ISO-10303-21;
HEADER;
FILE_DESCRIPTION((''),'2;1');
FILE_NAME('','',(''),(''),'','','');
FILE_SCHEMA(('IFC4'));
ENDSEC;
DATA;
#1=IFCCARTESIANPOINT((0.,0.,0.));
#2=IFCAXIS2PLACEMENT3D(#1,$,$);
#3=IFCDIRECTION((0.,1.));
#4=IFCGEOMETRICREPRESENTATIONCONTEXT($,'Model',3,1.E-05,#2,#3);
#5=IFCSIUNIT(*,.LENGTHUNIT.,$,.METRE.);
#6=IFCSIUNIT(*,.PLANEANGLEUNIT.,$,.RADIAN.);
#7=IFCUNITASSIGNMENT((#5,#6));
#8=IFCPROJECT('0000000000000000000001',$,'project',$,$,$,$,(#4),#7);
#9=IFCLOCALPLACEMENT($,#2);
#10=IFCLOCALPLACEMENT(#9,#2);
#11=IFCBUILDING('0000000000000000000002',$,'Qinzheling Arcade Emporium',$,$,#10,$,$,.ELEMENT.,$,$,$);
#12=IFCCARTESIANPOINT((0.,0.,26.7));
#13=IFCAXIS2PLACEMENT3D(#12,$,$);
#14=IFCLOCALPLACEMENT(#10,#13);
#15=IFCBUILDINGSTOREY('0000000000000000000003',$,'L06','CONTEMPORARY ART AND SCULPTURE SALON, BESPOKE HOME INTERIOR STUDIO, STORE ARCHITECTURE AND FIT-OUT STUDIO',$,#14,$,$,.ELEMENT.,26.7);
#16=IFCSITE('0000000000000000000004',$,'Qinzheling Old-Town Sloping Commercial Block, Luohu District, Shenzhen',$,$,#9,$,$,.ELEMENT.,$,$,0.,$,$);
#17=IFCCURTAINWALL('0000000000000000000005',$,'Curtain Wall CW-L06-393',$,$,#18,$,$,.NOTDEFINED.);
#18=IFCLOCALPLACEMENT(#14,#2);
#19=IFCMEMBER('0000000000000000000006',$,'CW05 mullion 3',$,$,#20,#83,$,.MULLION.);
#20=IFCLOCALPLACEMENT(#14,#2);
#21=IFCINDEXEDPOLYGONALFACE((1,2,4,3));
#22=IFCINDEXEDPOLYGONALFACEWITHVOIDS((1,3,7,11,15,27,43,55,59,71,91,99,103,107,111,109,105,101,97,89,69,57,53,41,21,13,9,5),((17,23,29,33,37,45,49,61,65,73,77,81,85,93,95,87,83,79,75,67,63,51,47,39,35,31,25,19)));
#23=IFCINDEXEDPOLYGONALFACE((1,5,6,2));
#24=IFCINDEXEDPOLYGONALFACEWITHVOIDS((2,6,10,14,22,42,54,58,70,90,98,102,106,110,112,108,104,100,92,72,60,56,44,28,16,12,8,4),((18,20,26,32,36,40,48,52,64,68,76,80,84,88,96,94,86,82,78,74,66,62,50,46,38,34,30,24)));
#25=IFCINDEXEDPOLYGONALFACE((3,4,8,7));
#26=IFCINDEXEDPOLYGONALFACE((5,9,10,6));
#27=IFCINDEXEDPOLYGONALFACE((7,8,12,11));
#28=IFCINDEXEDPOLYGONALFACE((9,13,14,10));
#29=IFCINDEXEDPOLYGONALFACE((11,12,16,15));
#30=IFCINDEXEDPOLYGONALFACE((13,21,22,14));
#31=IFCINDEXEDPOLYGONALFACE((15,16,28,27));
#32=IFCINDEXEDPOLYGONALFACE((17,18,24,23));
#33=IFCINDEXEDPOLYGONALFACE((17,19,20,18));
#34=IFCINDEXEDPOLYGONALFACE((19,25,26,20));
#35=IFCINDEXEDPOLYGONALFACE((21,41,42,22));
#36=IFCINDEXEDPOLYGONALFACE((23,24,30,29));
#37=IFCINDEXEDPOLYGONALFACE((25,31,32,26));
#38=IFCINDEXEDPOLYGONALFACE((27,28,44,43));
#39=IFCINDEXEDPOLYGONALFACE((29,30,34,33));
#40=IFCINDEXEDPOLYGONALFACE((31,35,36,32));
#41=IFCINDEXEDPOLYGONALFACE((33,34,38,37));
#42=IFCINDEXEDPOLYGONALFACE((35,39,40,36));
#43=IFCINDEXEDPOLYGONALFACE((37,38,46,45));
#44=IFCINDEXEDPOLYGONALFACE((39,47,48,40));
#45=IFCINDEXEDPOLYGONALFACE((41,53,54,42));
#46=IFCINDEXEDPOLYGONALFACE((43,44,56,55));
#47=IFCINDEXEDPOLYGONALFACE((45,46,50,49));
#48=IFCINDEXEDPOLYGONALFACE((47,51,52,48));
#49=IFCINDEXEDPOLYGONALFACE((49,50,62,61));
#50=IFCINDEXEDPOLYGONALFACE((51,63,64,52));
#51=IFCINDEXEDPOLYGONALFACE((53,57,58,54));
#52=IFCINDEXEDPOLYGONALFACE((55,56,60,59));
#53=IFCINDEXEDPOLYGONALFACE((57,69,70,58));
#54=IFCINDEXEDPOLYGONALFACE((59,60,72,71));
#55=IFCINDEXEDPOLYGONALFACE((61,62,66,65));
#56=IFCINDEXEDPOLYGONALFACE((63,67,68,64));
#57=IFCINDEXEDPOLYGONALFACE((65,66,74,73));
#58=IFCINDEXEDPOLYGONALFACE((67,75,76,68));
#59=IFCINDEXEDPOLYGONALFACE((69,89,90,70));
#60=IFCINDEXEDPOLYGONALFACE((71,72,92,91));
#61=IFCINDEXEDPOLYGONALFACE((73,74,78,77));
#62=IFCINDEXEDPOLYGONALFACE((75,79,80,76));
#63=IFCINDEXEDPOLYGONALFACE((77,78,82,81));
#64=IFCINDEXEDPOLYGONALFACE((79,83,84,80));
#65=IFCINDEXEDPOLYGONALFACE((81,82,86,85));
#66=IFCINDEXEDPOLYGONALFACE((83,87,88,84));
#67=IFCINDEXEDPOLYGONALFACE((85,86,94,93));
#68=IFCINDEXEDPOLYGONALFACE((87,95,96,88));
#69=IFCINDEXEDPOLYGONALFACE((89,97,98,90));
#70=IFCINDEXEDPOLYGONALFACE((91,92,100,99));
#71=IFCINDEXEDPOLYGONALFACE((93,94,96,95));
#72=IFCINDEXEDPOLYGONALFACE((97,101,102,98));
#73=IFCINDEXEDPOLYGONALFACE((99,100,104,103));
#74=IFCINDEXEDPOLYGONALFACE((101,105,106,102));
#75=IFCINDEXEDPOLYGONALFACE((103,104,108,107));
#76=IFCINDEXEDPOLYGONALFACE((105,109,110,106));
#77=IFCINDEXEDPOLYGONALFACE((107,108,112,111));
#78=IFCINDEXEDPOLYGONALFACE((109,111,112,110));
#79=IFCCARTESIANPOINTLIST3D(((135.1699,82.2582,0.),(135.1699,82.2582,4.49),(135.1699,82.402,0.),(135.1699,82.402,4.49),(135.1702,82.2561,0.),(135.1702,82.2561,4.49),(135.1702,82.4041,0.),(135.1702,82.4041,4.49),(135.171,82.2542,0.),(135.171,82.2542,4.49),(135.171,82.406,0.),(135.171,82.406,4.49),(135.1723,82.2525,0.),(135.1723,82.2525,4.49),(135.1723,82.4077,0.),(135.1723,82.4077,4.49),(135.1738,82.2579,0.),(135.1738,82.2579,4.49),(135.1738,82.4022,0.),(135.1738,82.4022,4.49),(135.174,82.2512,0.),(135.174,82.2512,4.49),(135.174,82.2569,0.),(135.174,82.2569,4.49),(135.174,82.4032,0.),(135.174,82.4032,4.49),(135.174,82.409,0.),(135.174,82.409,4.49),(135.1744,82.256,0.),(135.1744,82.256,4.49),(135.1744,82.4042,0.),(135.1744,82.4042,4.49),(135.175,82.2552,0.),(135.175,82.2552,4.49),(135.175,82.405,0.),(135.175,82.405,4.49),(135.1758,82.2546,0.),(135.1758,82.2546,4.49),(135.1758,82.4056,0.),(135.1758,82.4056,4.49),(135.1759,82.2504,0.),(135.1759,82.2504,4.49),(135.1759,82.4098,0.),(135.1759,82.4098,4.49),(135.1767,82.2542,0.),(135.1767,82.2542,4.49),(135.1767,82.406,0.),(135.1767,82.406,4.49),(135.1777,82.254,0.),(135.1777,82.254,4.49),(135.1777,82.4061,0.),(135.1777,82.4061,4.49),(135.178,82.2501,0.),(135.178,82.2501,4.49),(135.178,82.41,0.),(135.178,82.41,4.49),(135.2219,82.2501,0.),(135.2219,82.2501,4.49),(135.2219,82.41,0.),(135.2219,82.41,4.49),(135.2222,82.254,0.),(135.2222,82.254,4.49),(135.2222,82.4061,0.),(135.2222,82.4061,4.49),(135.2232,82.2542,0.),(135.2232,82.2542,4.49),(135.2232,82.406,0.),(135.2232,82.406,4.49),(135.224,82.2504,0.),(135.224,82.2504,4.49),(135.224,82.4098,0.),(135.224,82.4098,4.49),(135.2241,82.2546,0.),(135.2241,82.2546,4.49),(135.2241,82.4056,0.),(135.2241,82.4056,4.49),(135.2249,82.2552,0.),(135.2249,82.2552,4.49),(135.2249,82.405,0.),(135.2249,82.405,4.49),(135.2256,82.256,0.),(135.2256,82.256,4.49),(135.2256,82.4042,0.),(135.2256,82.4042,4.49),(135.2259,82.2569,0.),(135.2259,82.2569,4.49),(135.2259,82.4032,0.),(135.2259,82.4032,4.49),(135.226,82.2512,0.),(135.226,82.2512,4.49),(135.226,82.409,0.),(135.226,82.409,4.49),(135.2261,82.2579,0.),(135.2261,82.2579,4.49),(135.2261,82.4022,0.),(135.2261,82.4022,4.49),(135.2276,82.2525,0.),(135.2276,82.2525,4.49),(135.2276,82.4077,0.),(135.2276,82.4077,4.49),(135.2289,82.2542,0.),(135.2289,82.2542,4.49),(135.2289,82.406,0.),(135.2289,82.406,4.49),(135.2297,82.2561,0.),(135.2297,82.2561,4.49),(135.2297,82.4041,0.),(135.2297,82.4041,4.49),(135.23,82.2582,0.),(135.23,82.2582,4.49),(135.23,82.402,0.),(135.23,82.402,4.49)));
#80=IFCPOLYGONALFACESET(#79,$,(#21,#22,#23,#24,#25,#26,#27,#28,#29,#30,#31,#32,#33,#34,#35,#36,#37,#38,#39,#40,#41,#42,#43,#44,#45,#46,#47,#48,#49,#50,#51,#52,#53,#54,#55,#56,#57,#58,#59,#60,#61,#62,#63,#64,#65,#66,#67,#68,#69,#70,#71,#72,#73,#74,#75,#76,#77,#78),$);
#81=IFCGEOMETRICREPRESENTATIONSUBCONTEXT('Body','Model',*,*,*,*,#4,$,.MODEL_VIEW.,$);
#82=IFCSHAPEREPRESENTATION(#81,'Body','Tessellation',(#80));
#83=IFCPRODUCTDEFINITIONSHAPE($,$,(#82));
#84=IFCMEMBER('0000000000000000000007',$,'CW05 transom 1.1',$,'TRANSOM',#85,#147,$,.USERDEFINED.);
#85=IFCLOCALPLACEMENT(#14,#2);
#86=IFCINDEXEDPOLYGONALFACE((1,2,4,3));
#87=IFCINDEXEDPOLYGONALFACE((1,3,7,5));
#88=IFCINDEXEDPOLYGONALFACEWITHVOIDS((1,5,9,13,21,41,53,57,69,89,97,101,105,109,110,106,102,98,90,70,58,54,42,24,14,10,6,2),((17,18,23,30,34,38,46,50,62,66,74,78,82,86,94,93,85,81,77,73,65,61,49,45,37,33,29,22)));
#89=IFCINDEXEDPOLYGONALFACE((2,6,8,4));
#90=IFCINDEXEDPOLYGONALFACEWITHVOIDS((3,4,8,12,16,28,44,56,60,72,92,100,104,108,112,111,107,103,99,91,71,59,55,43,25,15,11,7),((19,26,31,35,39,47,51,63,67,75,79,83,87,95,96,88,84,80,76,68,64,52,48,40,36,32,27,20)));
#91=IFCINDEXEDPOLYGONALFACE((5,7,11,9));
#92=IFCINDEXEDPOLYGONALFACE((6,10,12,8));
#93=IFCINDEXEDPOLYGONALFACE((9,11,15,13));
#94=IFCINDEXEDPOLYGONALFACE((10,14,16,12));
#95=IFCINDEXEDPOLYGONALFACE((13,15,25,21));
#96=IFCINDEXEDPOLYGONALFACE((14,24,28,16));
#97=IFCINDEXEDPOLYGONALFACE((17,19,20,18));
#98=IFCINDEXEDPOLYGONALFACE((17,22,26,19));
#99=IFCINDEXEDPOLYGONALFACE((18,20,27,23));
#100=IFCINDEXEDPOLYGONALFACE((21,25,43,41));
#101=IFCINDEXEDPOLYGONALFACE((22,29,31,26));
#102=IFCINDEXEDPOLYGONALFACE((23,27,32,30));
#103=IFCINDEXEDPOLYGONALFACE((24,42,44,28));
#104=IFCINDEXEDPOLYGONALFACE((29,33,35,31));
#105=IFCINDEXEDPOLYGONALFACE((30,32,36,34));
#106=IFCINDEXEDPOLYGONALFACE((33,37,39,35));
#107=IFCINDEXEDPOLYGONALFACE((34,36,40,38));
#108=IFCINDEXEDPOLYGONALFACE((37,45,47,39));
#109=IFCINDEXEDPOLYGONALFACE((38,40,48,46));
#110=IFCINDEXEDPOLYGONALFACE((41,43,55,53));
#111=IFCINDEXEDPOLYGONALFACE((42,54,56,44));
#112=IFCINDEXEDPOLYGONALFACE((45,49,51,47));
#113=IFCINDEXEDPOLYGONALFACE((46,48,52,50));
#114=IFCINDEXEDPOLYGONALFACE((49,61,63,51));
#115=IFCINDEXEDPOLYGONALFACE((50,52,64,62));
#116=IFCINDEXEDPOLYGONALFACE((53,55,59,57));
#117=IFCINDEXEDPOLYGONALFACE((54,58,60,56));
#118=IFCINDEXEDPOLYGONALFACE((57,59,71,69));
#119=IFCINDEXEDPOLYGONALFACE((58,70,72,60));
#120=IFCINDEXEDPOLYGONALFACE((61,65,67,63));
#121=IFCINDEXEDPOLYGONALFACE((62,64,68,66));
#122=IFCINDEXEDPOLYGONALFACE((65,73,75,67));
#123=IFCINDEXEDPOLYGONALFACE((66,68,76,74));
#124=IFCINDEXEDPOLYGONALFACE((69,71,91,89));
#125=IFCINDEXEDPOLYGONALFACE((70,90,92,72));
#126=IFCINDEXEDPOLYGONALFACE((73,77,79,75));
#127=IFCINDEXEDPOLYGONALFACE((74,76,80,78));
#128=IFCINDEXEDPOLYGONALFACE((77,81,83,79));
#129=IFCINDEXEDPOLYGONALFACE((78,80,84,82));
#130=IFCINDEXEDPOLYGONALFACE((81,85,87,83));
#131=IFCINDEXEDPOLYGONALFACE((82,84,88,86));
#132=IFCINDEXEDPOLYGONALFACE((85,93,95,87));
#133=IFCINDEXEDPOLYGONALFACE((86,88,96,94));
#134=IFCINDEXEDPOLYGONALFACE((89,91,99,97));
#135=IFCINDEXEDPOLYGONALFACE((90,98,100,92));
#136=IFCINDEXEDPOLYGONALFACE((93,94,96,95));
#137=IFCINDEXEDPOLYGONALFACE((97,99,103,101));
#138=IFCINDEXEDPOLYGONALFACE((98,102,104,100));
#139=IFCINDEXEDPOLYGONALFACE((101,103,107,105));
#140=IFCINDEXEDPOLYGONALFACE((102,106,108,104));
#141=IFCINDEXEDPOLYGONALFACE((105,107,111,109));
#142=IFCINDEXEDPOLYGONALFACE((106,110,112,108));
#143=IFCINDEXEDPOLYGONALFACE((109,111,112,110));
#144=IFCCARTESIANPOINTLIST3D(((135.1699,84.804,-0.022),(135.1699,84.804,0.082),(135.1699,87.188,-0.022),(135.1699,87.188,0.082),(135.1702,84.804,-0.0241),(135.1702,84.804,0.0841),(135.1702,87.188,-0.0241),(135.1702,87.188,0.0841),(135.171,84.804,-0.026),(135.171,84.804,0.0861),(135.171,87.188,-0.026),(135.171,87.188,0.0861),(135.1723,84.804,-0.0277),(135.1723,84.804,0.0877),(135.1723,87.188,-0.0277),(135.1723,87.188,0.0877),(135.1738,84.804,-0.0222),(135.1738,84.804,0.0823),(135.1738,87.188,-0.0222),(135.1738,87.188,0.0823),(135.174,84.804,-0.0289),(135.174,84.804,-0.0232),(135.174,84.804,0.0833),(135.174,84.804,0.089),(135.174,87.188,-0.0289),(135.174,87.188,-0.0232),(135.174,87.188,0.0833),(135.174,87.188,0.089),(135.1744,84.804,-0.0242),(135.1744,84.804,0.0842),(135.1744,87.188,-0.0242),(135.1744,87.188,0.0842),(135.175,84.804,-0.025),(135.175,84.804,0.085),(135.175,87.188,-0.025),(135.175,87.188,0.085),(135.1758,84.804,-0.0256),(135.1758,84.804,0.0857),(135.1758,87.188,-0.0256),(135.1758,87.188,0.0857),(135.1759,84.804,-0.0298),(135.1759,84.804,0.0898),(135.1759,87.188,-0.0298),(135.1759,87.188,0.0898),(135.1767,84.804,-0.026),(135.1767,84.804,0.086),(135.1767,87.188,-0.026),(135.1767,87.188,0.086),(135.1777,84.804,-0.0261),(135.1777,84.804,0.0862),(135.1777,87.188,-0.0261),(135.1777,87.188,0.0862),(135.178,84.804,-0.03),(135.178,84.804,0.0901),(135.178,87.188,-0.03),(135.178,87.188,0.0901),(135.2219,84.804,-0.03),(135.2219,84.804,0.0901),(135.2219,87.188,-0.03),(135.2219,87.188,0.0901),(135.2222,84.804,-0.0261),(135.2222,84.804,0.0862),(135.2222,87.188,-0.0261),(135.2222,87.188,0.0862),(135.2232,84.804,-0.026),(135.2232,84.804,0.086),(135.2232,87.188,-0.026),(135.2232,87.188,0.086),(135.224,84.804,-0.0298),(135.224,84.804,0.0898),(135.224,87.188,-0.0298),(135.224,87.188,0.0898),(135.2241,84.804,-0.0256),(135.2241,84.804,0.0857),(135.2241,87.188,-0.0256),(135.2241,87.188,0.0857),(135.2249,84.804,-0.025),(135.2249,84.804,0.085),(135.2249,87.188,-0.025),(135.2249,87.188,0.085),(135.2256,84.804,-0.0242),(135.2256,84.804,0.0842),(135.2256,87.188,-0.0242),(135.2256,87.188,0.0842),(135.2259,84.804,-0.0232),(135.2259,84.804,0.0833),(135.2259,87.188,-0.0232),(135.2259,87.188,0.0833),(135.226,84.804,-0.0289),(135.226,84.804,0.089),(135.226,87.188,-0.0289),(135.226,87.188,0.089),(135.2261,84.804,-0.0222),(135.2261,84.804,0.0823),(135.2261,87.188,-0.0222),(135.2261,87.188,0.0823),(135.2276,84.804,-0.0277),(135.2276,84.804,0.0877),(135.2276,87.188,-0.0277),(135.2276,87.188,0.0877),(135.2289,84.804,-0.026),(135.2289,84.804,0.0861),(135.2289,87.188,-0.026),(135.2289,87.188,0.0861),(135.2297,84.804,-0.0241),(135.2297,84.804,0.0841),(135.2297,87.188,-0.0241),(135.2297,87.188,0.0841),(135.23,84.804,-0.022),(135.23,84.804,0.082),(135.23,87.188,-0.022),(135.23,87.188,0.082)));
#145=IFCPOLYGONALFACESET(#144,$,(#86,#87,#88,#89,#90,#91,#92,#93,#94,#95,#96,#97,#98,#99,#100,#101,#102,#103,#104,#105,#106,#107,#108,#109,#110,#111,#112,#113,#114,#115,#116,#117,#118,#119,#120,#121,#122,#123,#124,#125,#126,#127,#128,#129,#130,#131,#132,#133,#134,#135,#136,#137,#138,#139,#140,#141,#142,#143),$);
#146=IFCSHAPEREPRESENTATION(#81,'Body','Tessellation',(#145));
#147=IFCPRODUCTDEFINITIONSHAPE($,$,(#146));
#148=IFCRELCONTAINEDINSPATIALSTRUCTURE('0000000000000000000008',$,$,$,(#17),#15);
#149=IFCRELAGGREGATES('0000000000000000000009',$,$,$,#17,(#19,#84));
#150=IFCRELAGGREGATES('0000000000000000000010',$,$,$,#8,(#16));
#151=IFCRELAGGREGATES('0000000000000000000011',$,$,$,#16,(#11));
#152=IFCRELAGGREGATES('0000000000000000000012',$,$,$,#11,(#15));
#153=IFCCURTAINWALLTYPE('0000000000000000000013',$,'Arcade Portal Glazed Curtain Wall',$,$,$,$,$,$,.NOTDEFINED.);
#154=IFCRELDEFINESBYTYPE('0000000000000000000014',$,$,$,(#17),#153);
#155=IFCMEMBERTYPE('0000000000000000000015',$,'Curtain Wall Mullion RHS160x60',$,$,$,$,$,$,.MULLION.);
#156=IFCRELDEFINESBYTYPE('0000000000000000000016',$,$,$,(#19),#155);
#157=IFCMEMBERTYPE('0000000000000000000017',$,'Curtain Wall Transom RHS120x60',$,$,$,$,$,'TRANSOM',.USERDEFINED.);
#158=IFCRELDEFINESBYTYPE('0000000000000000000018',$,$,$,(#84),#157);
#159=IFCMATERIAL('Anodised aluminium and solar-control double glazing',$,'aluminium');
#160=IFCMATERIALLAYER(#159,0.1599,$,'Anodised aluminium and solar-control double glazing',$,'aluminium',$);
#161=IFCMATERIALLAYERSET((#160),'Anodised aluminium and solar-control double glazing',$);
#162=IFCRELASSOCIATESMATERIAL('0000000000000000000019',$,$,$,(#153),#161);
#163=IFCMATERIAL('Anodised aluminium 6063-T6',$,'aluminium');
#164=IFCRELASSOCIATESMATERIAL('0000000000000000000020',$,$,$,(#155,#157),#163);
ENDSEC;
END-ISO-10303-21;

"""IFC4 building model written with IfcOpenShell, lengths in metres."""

from ifc_helpers import new_model, si_unit, direction, frame, origin, origin_2d, place, context, subcontext, project, spatial, hollow_rectangle, extrude, material, layer, layer_set, material_profile, profile_set, type_object, element, aggregate, save


model = new_model("IFC4")

# Units and contexts
model_context = context("Model", 3, precision=1e-05, world=origin(), true_north=direction((0.0, 1.0)))
body_context = subcontext(model_context, "Body", "Model", "MODEL_VIEW")
ifc_project = project(units=[si_unit("LENGTHUNIT", "METRE"), si_unit("PLANEANGLEUNIT", "RADIAN")], contexts=[model_context])

# Site, building, storey
site_placement = place(None, origin())
site = spatial("IfcSite", under=ifc_project, at=site_placement, Name="Qinzheling Old-Town Sloping Commercial Block, Luohu District, Shenzhen", CompositionType="ELEMENT", RefElevation=0.0)
building_placement = place(site_placement, origin())
building = spatial("IfcBuilding", under=site, at=building_placement, Name="Qinzheling Arcade Emporium", CompositionType="ELEMENT")
storey_placement = place(building_placement, frame((0.0, 0.0, 26.7)))
storey = spatial("IfcBuildingStorey", under=building, at=storey_placement, Name="L06", Description="CONTEMPORARY ART AND SCULPTURE SALON, BESPOKE HOME INTERIOR STUDIO, STORE ARCHITECTURE AND FIT-OUT STUDIO", CompositionType="ELEMENT", Elevation=26.7)

# Curtain wall, members
ifc_material_1 = material(Name="Anodised aluminium and solar-control double glazing", Category="aluminium")
ifc_layer_1 = layer(ifc_material_1, 0.1599, Name="Anodised aluminium and solar-control double glazing", Category="aluminium")
ifc_layer_set_1 = layer_set([ifc_layer_1], Name="Anodised aluminium and solar-control double glazing")
curtain_wall_type = type_object("IfcCurtainWallType", Name="Arcade Portal Glazed Curtain Wall", PredefinedType="NOTDEFINED", material=ifc_layer_set_1)
curtain_wall_placement = place(storey_placement, origin())
curtain_wall = element("IfcCurtainWall", 1, at=curtain_wall_placement, inside=storey, type_object=curtain_wall_type, Name="Curtain Wall CW-L06-393", PredefinedType="NOTDEFINED")
ifc_material_2 = material(Name="Anodised aluminium 6063-T6", Category="aluminium")
ifc_material_profile_1 = material_profile(ifc_material_2, hollow_rectangle(XDim=0.0601, YDim=0.1599, WallThickness=0.0039, InnerFilletRadius=0.0039, OuterFilletRadius=0.0081, at=origin_2d()), Name="RHS 160x60x4", Category="aluminium")
ifc_profile_set_1 = profile_set([ifc_material_profile_1], Name="Anodised aluminium 6063-T6")
member_type_1 = type_object("IfcMemberType", Name="Curtain Wall Mullion RHS160x60", PredefinedType="MULLION", material=ifc_profile_set_1)
member_1_placement = place(storey_placement, frame((135.2, 82.3301, 0.0), z_axis=(0.0, 0.0, 1.0), x_axis=(1.0, 0.0, 0.0)))
member_1 = element("IfcMember", 2, at=member_1_placement, type_object=member_type_1, Name="CW05 mullion 3", PredefinedType="MULLION", context=body_context, shape_type="SweptSolid", body=[
    extrude(hollow_rectangle(XDim=0.0601, YDim=0.1599, WallThickness=0.0039, InnerFilletRadius=0.0039, OuterFilletRadius=0.0081, at=origin_2d()), origin(), (0.0, 0.0, 1.0), 4.49),
])
ifc_material_profile_2 = material_profile(ifc_material_2, hollow_rectangle(XDim=0.0601, YDim=0.1201, WallThickness=0.0039, InnerFilletRadius=0.0039, OuterFilletRadius=0.0081, at=origin_2d()), Name="RHS 120x60x4", Category="aluminium")
ifc_profile_set_2 = profile_set([ifc_material_profile_2], Name="Anodised aluminium 6063-T6")
member_type_2 = type_object("IfcMemberType", Name="Curtain Wall Transom RHS120x60", ElementType="TRANSOM", PredefinedType="USERDEFINED", material=ifc_profile_set_2)
member_2_placement = place(storey_placement, frame((135.2, 87.188, 0.03), z_axis=(0.0, -1.0, 0.0), x_axis=(1.0, 0.0, 0.0)))
member_2 = element("IfcMember", 3, at=member_2_placement, type_object=member_type_2, Name="CW05 transom 1.1", ObjectType="TRANSOM", PredefinedType="USERDEFINED", context=body_context, shape_type="SweptSolid", body=[
    extrude(hollow_rectangle(XDim=0.0601, YDim=0.1201, WallThickness=0.0039, InnerFilletRadius=0.0039, OuterFilletRadius=0.0081, at=origin_2d()), origin(), (0.0, 0.0, 1.0), 2.384),
])

aggregate(curtain_wall, [member_1, member_2])

save(model, "model.ifc")
